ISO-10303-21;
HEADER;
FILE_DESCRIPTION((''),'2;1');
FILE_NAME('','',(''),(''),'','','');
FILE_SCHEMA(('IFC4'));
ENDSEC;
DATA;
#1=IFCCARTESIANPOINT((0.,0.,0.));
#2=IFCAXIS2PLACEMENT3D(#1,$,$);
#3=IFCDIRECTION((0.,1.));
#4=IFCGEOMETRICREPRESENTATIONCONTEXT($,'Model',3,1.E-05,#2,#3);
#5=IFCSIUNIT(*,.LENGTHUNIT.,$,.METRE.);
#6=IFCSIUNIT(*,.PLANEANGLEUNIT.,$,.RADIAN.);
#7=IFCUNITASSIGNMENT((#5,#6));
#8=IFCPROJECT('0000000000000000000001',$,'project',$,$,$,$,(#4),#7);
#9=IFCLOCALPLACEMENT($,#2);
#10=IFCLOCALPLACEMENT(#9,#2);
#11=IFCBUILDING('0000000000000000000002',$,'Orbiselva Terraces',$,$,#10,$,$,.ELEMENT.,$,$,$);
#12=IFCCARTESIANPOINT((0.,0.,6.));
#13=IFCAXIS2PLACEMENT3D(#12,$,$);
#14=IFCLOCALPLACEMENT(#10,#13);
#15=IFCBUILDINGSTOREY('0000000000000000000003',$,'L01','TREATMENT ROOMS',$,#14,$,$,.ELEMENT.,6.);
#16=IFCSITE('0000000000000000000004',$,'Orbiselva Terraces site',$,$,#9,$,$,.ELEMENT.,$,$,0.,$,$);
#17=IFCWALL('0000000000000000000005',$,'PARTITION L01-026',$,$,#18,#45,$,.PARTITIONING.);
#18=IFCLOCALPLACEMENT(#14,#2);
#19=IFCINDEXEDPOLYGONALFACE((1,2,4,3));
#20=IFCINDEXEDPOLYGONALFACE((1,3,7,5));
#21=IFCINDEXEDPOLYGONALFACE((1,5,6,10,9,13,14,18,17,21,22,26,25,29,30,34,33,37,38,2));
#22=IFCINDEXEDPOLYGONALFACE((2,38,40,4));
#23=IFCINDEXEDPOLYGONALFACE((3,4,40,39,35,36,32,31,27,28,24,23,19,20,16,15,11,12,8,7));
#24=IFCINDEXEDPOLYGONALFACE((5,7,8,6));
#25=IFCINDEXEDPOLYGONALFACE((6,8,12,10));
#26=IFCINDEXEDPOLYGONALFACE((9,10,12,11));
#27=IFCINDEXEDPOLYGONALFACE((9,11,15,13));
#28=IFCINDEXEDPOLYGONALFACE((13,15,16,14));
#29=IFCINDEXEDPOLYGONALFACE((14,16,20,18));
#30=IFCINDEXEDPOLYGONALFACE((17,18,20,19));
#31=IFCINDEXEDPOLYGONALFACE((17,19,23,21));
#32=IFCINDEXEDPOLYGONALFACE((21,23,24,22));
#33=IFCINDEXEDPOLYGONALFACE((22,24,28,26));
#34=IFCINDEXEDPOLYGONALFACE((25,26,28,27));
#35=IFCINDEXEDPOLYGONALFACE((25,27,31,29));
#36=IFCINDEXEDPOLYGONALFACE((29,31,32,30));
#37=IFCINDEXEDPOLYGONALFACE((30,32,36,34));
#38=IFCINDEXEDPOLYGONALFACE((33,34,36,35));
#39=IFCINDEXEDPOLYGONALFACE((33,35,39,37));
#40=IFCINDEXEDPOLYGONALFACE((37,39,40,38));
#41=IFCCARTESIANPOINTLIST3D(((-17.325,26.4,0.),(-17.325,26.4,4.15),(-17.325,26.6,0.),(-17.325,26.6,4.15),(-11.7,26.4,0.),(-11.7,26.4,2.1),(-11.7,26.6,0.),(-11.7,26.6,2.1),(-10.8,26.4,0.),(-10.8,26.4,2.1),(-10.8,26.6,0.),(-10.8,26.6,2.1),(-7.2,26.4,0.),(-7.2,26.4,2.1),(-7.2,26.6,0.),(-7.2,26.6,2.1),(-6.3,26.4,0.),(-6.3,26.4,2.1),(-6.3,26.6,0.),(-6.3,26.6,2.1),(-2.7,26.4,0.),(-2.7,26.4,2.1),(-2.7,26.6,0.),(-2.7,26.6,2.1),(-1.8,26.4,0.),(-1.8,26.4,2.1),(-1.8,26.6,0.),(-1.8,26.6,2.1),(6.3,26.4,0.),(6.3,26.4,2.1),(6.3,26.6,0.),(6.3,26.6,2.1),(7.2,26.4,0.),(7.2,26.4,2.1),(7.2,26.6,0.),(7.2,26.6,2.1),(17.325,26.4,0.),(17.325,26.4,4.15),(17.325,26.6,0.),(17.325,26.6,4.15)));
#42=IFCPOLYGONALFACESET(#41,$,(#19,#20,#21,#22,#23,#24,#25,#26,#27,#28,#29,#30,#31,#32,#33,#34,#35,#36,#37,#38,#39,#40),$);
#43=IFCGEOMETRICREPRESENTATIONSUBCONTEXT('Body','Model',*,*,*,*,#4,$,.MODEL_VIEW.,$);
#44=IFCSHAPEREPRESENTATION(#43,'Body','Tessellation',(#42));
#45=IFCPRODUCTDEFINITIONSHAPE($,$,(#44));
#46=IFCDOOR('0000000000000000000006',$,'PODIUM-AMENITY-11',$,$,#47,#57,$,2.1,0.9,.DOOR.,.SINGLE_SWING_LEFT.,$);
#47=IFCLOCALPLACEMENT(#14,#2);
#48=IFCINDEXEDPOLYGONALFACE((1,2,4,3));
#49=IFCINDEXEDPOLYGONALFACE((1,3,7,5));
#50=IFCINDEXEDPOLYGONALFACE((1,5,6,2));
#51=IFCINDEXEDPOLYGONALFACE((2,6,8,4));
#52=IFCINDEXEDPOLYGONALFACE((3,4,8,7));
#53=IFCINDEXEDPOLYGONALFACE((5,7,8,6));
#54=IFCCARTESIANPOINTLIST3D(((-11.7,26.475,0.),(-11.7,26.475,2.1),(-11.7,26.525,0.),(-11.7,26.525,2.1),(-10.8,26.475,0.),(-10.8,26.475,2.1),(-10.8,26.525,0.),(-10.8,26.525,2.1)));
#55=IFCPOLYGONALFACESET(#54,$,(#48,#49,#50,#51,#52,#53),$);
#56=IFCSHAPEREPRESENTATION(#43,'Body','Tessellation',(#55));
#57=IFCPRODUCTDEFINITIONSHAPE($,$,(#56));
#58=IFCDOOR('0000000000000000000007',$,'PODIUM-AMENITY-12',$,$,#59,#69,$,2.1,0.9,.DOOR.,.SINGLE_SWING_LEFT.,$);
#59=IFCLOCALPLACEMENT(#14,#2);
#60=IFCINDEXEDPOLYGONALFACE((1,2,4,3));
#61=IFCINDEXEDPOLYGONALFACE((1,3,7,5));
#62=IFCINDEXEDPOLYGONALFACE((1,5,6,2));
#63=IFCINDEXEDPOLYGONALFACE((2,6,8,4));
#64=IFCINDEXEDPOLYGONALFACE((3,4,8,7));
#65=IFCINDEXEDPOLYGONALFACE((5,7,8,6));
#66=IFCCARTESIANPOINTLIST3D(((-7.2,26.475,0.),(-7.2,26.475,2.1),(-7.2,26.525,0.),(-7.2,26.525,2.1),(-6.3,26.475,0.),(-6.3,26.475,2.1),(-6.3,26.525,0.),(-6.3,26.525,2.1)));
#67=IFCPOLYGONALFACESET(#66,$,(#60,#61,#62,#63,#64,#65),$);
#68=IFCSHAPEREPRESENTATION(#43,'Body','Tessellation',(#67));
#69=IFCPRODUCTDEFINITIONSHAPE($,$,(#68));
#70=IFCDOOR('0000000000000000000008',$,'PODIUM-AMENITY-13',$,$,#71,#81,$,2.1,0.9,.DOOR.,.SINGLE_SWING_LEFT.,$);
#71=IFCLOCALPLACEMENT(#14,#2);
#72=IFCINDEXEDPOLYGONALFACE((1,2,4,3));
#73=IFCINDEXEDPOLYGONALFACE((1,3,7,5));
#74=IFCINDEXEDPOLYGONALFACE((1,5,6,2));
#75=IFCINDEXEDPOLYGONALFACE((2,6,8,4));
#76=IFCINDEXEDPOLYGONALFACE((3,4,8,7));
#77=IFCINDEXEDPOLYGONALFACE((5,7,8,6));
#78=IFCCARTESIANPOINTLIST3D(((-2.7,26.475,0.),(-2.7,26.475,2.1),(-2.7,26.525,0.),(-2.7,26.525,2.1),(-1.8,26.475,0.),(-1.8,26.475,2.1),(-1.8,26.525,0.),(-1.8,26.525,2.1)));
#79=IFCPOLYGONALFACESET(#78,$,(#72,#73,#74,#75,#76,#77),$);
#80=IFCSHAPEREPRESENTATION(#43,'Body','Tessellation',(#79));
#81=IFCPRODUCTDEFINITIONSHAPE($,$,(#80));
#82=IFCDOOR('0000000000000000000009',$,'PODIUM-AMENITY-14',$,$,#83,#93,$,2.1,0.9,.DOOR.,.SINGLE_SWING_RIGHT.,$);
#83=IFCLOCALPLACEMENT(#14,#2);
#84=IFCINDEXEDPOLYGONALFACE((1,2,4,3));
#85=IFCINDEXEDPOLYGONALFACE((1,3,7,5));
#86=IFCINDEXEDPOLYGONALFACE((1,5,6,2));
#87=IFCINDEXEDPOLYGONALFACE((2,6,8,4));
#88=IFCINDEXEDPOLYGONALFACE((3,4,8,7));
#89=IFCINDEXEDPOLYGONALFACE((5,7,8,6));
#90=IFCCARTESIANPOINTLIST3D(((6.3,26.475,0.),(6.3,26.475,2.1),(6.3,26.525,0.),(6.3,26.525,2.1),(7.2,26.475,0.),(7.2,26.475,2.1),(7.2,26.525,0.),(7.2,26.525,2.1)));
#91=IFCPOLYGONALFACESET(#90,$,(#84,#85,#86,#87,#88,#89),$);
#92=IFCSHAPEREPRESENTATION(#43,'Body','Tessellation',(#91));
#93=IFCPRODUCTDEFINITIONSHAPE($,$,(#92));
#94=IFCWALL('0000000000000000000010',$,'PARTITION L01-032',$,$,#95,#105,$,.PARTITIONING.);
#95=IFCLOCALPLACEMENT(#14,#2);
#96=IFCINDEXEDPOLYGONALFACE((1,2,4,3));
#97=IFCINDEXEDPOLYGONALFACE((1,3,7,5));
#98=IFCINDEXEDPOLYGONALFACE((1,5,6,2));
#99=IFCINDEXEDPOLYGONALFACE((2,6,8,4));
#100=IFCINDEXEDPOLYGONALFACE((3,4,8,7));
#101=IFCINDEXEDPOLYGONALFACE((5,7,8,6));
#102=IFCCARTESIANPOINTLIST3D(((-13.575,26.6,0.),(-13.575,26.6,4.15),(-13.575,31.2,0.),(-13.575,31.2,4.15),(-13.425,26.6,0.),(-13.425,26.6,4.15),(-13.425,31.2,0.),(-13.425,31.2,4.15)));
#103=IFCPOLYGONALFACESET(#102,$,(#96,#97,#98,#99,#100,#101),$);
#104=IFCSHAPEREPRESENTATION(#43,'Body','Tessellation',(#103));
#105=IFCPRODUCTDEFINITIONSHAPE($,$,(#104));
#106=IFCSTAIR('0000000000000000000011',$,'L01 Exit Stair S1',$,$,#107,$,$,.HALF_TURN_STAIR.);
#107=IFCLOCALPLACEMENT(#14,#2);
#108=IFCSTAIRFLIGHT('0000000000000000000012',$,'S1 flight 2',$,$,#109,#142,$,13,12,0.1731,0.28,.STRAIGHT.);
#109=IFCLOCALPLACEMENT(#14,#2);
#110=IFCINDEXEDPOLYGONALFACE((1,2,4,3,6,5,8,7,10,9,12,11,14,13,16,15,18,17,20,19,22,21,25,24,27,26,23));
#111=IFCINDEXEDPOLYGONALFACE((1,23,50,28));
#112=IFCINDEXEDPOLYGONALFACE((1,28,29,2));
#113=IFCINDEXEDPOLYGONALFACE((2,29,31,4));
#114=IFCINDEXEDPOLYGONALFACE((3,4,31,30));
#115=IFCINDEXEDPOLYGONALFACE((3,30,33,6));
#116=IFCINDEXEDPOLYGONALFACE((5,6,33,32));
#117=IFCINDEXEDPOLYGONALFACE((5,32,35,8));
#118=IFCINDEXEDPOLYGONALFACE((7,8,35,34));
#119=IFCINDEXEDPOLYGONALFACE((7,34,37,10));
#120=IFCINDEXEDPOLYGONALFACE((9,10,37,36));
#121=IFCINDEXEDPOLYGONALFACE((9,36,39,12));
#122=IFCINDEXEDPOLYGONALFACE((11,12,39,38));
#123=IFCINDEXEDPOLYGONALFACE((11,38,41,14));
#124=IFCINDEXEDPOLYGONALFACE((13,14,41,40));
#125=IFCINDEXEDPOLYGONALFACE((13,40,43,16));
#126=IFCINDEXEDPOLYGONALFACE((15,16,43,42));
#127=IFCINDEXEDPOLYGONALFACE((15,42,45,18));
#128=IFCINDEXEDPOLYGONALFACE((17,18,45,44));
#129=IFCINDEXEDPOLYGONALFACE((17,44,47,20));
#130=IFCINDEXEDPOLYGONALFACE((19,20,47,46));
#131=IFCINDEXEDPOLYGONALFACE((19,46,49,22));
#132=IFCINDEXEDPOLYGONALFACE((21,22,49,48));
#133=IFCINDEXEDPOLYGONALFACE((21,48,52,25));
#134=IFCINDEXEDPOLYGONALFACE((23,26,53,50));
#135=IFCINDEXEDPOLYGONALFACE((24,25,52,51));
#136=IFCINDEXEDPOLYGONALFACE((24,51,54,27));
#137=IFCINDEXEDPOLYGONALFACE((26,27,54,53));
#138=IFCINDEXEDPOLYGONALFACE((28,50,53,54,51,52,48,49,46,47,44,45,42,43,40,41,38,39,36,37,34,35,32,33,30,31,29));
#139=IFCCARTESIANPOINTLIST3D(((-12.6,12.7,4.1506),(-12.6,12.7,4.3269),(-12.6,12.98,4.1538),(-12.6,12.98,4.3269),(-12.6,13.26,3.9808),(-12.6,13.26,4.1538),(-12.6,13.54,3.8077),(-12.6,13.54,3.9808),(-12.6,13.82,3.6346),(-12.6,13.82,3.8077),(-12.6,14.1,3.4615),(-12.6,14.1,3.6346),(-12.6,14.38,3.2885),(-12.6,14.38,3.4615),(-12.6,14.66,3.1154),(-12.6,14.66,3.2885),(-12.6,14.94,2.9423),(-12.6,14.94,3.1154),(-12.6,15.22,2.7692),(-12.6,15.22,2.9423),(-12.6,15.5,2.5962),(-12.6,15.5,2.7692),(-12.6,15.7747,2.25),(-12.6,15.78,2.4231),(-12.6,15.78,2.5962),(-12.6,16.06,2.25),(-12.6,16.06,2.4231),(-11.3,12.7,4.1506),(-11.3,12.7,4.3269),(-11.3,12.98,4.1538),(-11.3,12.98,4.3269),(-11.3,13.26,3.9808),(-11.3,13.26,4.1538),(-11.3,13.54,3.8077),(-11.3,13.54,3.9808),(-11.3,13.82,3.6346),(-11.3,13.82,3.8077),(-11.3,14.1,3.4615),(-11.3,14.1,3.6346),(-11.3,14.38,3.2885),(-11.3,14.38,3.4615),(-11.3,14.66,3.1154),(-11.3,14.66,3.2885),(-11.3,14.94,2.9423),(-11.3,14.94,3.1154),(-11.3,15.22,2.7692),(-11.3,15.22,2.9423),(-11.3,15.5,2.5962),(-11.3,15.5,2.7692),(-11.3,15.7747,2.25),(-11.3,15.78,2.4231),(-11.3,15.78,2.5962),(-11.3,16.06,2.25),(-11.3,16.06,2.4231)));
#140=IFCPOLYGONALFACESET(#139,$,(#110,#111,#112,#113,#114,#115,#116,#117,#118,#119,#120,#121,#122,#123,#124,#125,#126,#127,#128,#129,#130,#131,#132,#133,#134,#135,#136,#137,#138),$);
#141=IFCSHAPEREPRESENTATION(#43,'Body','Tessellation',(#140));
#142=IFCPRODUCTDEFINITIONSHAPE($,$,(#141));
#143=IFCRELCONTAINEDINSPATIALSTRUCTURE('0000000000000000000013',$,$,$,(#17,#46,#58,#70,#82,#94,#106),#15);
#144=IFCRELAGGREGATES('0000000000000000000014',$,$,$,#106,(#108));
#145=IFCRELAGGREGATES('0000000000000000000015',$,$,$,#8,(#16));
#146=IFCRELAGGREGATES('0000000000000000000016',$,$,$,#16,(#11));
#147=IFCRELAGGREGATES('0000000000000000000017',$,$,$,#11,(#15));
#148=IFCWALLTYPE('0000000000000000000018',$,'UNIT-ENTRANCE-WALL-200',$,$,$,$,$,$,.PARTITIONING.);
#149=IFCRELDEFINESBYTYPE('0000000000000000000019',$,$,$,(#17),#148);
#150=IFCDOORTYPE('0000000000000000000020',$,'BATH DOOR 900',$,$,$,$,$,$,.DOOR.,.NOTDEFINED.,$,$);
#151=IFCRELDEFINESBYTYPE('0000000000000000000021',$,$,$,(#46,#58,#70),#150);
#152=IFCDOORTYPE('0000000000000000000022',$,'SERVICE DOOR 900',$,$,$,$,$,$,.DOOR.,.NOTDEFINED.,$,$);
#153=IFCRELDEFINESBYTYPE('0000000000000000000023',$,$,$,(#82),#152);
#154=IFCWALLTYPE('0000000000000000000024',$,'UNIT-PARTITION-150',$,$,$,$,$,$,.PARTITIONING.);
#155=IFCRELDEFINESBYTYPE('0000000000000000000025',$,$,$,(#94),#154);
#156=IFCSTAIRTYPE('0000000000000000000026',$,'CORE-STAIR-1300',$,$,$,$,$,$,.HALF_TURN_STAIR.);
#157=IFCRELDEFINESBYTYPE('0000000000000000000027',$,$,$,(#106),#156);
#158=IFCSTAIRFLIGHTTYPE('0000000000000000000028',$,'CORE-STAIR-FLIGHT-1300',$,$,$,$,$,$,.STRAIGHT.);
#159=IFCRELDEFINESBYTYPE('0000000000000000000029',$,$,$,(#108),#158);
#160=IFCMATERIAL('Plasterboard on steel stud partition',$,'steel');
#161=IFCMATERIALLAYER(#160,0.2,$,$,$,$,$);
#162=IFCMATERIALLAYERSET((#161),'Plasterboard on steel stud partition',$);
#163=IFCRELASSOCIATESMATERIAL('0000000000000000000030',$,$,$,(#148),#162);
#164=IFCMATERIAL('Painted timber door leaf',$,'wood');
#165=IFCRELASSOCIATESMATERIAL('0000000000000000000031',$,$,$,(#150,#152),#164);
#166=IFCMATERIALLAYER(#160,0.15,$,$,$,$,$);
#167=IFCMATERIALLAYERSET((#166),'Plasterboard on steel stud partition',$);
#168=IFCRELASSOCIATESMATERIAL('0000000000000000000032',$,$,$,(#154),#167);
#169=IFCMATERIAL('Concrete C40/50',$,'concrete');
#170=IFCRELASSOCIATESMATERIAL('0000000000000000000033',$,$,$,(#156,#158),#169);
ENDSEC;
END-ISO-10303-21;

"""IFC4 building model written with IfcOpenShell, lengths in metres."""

from ifc_helpers import new_model, si_unit, direction, frame, frame_2d, origin, place, context, subcontext, project, spatial, polyline, rectangle, outline, extrude, material, layer, layer_set, type_object, element, fill, aggregate, save


model = new_model("IFC4")

# Units and contexts
model_context = context("Model", 3, precision=1e-05, world=origin(), true_north=direction((0.0, 1.0)))
body_context = subcontext(model_context, "Body", "Model", "MODEL_VIEW")
ifc_project = project(units=[si_unit("LENGTHUNIT", "METRE"), si_unit("PLANEANGLEUNIT", "RADIAN")], contexts=[model_context])

# Site, building, storey
site_placement = place(None, origin())
site = spatial("IfcSite", under=ifc_project, at=site_placement, Name="Orbiselva Terraces site", CompositionType="ELEMENT", RefElevation=0.0)
building_placement = place(site_placement, origin())
building = spatial("IfcBuilding", under=site, at=building_placement, Name="Orbiselva Terraces", CompositionType="ELEMENT")
storey_placement = place(building_placement, frame((0.0, 0.0, 6.0)))
storey = spatial("IfcBuildingStorey", under=building, at=storey_placement, Name="L01", Description="TREATMENT ROOMS", CompositionType="ELEMENT", Elevation=6.0)

# Shared definitions
ifc_material_1 = material(Name="Concrete C40/50", Category="concrete")

# Wall, openings, doors
ifc_material_2 = material(Name="Plasterboard on steel stud partition", Category="steel")
ifc_layer_1 = layer(ifc_material_2, 0.2)
ifc_layer_set_1 = layer_set([ifc_layer_1], Name="Plasterboard on steel stud partition")
wall_type_1 = type_object("IfcWallType", Name="UNIT-ENTRANCE-WALL-200", PredefinedType="PARTITIONING", material=ifc_layer_set_1)
wall_1_placement = place(storey_placement, frame((-17.325, 26.5, 0.0), z_axis=(0.0, 0.0, 1.0), x_axis=(1.0, 0.0, 0.0)))
wall_1 = element("IfcWall", 1, at=wall_1_placement, inside=storey, type_object=wall_type_1, Name="PARTITION L01-026", PredefinedType="PARTITIONING", context=body_context, shape_type="SweptSolid", body=[
    extrude(rectangle(XDim=34.65, YDim=0.2, at=frame_2d((17.325, 0.0))), origin(), (0.0, 0.0, 1.0), 4.15),
])
opening_1_placement = place(wall_1_placement, frame((5.625, 0.0, 0.0)))
opening_1 = element("IfcOpeningElement", 2, at=opening_1_placement, cuts=wall_1, PredefinedType="OPENING", context=body_context, shape_type="SweptSolid", body=[
    extrude(rectangle(XDim=0.9, YDim=2.1, at=frame_2d((0.45, 1.05))), frame((0.0, 0.11, 0.0), z_axis=(0.0, -1.0, 0.0), x_axis=(1.0, 0.0, 0.0)), (0.0, 0.0, 1.0), 0.22),
])
opening_2_placement = place(wall_1_placement, frame((10.125, 0.0, 0.0)))
opening_2 = element("IfcOpeningElement", 3, at=opening_2_placement, cuts=wall_1, PredefinedType="OPENING", context=body_context, shape_type="SweptSolid", body=[
    extrude(rectangle(XDim=0.9, YDim=2.1, at=frame_2d((0.45, 1.05))), frame((0.0, 0.11, 0.0), z_axis=(0.0, -1.0, 0.0), x_axis=(1.0, 0.0, 0.0)), (0.0, 0.0, 1.0), 0.22),
])
opening_3_placement = place(wall_1_placement, frame((14.625, 0.0, 0.0)))
opening_3 = element("IfcOpeningElement", 4, at=opening_3_placement, cuts=wall_1, PredefinedType="OPENING", context=body_context, shape_type="SweptSolid", body=[
    extrude(rectangle(XDim=0.9, YDim=2.1, at=frame_2d((0.45, 1.05))), frame((0.0, 0.11, 0.0), z_axis=(0.0, -1.0, 0.0), x_axis=(1.0, 0.0, 0.0)), (0.0, 0.0, 1.0), 0.22),
])
opening_4_placement = place(wall_1_placement, frame((23.625, 0.0, 0.0)))
opening_4 = element("IfcOpeningElement", 5, at=opening_4_placement, cuts=wall_1, PredefinedType="OPENING", context=body_context, shape_type="SweptSolid", body=[
    extrude(rectangle(XDim=0.9, YDim=2.1, at=frame_2d((0.45, 1.05))), frame((0.0, 0.11, 0.0), z_axis=(0.0, -1.0, 0.0), x_axis=(1.0, 0.0, 0.0)), (0.0, 0.0, 1.0), 0.22),
])
ifc_material_3 = material(Name="Painted timber door leaf", Category="wood")
door_type_1 = type_object("IfcDoorType", Name="BATH DOOR 900", OperationType="NOTDEFINED", PredefinedType="DOOR", material=ifc_material_3)
door_1_placement = place(opening_1_placement, origin())
door_1 = element("IfcDoor", 6, at=door_1_placement, inside=storey, type_object=door_type_1, Name="PODIUM-AMENITY-11", OperationType="SINGLE_SWING_LEFT", OverallHeight=2.1, OverallWidth=0.9, PredefinedType="DOOR", context=body_context, shape_type="SweptSolid", body=[
    extrude(rectangle(XDim=0.9, YDim=2.1, at=frame_2d((0.45, 1.05))), frame((0.0, 0.025, 0.0), z_axis=(0.0, -1.0, 0.0), x_axis=(1.0, 0.0, 0.0)), (0.0, 0.0, 1.0), 0.05),
])
fill(opening_1, door_1)
door_2_placement = place(opening_2_placement, origin())
door_2 = element("IfcDoor", 7, at=door_2_placement, inside=storey, type_object=door_type_1, Name="PODIUM-AMENITY-12", OperationType="SINGLE_SWING_LEFT", OverallHeight=2.1, OverallWidth=0.9, PredefinedType="DOOR", context=body_context, shape_type="SweptSolid", body=[
    extrude(rectangle(XDim=0.9, YDim=2.1, at=frame_2d((0.45, 1.05))), frame((0.0, 0.025, 0.0), z_axis=(0.0, -1.0, 0.0), x_axis=(1.0, 0.0, 0.0)), (0.0, 0.0, 1.0), 0.05),
])
fill(opening_2, door_2)
door_3_placement = place(opening_3_placement, origin())
door_3 = element("IfcDoor", 8, at=door_3_placement, inside=storey, type_object=door_type_1, Name="PODIUM-AMENITY-13", OperationType="SINGLE_SWING_LEFT", OverallHeight=2.1, OverallWidth=0.9, PredefinedType="DOOR", context=body_context, shape_type="SweptSolid", body=[
    extrude(rectangle(XDim=0.9, YDim=2.1, at=frame_2d((0.45, 1.05))), frame((0.0, 0.025, 0.0), z_axis=(0.0, -1.0, 0.0), x_axis=(1.0, 0.0, 0.0)), (0.0, 0.0, 1.0), 0.05),
])
fill(opening_3, door_3)
door_type_2 = type_object("IfcDoorType", Name="SERVICE DOOR 900", OperationType="NOTDEFINED", PredefinedType="DOOR", material=ifc_material_3)
door_4_placement = place(opening_4_placement, origin())
door_4 = element("IfcDoor", 9, at=door_4_placement, inside=storey, type_object=door_type_2, Name="PODIUM-AMENITY-14", OperationType="SINGLE_SWING_RIGHT", OverallHeight=2.1, OverallWidth=0.9, PredefinedType="DOOR", context=body_context, shape_type="SweptSolid", body=[
    extrude(rectangle(XDim=0.9, YDim=2.1, at=frame_2d((0.45, 1.05))), frame((0.0, 0.025, 0.0), z_axis=(0.0, -1.0, 0.0), x_axis=(1.0, 0.0, 0.0)), (0.0, 0.0, 1.0), 0.05),
])
fill(opening_4, door_4)

# Wall
ifc_layer_2 = layer(ifc_material_2, 0.15)
ifc_layer_set_2 = layer_set([ifc_layer_2], Name="Plasterboard on steel stud partition")
wall_type_2 = type_object("IfcWallType", Name="UNIT-PARTITION-150", PredefinedType="PARTITIONING", material=ifc_layer_set_2)
wall_2_placement = place(storey_placement, frame((-13.5, 26.6, 0.0), z_axis=(0.0, 0.0, 1.0), x_axis=(0.0, 1.0, 0.0)))
element("IfcWall", 10, at=wall_2_placement, inside=storey, type_object=wall_type_2, Name="PARTITION L01-032", PredefinedType="PARTITIONING", context=body_context, shape_type="SweptSolid", body=[
    extrude(rectangle(XDim=4.6, YDim=0.15, at=frame_2d((2.3, 0.0))), origin(), (0.0, 0.0, 1.0), 4.15),
])

# Stair, stair flight
stair_type = type_object("IfcStairType", Name="CORE-STAIR-1300", PredefinedType="HALF_TURN_STAIR", material=ifc_material_1)
stair_placement = place(storey_placement, origin())
stair = element("IfcStair", 11, at=stair_placement, inside=storey, type_object=stair_type, Name="L01 Exit Stair S1", PredefinedType="HALF_TURN_STAIR")
stair_flight_type = type_object("IfcStairFlightType", Name="CORE-STAIR-FLIGHT-1300", PredefinedType="STRAIGHT", material=ifc_material_1)
stair_flight_placement = place(storey_placement, frame((-11.95, 16.06, 2.25), z_axis=(0.0, 0.0, 1.0), x_axis=(0.0, -1.0, 0.0)))
stair_flight = element("IfcStairFlight", 12, at=stair_flight_placement, type_object=stair_flight_type, Name="S1 flight 2", NumberOfRisers=13, NumberOfTreads=12, PredefinedType="STRAIGHT", RiserHeight=0.1731, TreadLength=0.28, context=body_context, shape_type="SweptSolid", body=[
    extrude(outline(polyline([(0.0, 0.0), (0.0, 0.1731), (0.28, 0.1731), (0.28, 0.3462), (0.56, 0.3462), (0.56, 0.5192), (0.84, 0.5192), (0.84, 0.6923), (1.12, 0.6923), (1.12, 0.8654), (1.4, 0.8654), (1.4, 1.0385), (1.68, 1.0385), (1.68, 1.2115), (1.96, 1.2115), (1.96, 1.3846), (2.24, 1.3846), (2.24, 1.5577), (2.52, 1.5577), (2.52, 1.7308), (2.8, 1.7308), (2.8, 1.9038), (3.08, 1.9038), (3.08, 2.0769), (3.36, 2.0769), (3.36, 2.25), (3.36, 1.9006), (0.2853, 0.0), (0.0, 0.0)])), frame((0.0, 0.65, 0.0), z_axis=(0.0, -1.0, 0.0), x_axis=(1.0, 0.0, 0.0)), (0.0, 0.0, 1.0), 1.3),
])
aggregate(stair, [stair_flight])

save(model, "model.ifc")
